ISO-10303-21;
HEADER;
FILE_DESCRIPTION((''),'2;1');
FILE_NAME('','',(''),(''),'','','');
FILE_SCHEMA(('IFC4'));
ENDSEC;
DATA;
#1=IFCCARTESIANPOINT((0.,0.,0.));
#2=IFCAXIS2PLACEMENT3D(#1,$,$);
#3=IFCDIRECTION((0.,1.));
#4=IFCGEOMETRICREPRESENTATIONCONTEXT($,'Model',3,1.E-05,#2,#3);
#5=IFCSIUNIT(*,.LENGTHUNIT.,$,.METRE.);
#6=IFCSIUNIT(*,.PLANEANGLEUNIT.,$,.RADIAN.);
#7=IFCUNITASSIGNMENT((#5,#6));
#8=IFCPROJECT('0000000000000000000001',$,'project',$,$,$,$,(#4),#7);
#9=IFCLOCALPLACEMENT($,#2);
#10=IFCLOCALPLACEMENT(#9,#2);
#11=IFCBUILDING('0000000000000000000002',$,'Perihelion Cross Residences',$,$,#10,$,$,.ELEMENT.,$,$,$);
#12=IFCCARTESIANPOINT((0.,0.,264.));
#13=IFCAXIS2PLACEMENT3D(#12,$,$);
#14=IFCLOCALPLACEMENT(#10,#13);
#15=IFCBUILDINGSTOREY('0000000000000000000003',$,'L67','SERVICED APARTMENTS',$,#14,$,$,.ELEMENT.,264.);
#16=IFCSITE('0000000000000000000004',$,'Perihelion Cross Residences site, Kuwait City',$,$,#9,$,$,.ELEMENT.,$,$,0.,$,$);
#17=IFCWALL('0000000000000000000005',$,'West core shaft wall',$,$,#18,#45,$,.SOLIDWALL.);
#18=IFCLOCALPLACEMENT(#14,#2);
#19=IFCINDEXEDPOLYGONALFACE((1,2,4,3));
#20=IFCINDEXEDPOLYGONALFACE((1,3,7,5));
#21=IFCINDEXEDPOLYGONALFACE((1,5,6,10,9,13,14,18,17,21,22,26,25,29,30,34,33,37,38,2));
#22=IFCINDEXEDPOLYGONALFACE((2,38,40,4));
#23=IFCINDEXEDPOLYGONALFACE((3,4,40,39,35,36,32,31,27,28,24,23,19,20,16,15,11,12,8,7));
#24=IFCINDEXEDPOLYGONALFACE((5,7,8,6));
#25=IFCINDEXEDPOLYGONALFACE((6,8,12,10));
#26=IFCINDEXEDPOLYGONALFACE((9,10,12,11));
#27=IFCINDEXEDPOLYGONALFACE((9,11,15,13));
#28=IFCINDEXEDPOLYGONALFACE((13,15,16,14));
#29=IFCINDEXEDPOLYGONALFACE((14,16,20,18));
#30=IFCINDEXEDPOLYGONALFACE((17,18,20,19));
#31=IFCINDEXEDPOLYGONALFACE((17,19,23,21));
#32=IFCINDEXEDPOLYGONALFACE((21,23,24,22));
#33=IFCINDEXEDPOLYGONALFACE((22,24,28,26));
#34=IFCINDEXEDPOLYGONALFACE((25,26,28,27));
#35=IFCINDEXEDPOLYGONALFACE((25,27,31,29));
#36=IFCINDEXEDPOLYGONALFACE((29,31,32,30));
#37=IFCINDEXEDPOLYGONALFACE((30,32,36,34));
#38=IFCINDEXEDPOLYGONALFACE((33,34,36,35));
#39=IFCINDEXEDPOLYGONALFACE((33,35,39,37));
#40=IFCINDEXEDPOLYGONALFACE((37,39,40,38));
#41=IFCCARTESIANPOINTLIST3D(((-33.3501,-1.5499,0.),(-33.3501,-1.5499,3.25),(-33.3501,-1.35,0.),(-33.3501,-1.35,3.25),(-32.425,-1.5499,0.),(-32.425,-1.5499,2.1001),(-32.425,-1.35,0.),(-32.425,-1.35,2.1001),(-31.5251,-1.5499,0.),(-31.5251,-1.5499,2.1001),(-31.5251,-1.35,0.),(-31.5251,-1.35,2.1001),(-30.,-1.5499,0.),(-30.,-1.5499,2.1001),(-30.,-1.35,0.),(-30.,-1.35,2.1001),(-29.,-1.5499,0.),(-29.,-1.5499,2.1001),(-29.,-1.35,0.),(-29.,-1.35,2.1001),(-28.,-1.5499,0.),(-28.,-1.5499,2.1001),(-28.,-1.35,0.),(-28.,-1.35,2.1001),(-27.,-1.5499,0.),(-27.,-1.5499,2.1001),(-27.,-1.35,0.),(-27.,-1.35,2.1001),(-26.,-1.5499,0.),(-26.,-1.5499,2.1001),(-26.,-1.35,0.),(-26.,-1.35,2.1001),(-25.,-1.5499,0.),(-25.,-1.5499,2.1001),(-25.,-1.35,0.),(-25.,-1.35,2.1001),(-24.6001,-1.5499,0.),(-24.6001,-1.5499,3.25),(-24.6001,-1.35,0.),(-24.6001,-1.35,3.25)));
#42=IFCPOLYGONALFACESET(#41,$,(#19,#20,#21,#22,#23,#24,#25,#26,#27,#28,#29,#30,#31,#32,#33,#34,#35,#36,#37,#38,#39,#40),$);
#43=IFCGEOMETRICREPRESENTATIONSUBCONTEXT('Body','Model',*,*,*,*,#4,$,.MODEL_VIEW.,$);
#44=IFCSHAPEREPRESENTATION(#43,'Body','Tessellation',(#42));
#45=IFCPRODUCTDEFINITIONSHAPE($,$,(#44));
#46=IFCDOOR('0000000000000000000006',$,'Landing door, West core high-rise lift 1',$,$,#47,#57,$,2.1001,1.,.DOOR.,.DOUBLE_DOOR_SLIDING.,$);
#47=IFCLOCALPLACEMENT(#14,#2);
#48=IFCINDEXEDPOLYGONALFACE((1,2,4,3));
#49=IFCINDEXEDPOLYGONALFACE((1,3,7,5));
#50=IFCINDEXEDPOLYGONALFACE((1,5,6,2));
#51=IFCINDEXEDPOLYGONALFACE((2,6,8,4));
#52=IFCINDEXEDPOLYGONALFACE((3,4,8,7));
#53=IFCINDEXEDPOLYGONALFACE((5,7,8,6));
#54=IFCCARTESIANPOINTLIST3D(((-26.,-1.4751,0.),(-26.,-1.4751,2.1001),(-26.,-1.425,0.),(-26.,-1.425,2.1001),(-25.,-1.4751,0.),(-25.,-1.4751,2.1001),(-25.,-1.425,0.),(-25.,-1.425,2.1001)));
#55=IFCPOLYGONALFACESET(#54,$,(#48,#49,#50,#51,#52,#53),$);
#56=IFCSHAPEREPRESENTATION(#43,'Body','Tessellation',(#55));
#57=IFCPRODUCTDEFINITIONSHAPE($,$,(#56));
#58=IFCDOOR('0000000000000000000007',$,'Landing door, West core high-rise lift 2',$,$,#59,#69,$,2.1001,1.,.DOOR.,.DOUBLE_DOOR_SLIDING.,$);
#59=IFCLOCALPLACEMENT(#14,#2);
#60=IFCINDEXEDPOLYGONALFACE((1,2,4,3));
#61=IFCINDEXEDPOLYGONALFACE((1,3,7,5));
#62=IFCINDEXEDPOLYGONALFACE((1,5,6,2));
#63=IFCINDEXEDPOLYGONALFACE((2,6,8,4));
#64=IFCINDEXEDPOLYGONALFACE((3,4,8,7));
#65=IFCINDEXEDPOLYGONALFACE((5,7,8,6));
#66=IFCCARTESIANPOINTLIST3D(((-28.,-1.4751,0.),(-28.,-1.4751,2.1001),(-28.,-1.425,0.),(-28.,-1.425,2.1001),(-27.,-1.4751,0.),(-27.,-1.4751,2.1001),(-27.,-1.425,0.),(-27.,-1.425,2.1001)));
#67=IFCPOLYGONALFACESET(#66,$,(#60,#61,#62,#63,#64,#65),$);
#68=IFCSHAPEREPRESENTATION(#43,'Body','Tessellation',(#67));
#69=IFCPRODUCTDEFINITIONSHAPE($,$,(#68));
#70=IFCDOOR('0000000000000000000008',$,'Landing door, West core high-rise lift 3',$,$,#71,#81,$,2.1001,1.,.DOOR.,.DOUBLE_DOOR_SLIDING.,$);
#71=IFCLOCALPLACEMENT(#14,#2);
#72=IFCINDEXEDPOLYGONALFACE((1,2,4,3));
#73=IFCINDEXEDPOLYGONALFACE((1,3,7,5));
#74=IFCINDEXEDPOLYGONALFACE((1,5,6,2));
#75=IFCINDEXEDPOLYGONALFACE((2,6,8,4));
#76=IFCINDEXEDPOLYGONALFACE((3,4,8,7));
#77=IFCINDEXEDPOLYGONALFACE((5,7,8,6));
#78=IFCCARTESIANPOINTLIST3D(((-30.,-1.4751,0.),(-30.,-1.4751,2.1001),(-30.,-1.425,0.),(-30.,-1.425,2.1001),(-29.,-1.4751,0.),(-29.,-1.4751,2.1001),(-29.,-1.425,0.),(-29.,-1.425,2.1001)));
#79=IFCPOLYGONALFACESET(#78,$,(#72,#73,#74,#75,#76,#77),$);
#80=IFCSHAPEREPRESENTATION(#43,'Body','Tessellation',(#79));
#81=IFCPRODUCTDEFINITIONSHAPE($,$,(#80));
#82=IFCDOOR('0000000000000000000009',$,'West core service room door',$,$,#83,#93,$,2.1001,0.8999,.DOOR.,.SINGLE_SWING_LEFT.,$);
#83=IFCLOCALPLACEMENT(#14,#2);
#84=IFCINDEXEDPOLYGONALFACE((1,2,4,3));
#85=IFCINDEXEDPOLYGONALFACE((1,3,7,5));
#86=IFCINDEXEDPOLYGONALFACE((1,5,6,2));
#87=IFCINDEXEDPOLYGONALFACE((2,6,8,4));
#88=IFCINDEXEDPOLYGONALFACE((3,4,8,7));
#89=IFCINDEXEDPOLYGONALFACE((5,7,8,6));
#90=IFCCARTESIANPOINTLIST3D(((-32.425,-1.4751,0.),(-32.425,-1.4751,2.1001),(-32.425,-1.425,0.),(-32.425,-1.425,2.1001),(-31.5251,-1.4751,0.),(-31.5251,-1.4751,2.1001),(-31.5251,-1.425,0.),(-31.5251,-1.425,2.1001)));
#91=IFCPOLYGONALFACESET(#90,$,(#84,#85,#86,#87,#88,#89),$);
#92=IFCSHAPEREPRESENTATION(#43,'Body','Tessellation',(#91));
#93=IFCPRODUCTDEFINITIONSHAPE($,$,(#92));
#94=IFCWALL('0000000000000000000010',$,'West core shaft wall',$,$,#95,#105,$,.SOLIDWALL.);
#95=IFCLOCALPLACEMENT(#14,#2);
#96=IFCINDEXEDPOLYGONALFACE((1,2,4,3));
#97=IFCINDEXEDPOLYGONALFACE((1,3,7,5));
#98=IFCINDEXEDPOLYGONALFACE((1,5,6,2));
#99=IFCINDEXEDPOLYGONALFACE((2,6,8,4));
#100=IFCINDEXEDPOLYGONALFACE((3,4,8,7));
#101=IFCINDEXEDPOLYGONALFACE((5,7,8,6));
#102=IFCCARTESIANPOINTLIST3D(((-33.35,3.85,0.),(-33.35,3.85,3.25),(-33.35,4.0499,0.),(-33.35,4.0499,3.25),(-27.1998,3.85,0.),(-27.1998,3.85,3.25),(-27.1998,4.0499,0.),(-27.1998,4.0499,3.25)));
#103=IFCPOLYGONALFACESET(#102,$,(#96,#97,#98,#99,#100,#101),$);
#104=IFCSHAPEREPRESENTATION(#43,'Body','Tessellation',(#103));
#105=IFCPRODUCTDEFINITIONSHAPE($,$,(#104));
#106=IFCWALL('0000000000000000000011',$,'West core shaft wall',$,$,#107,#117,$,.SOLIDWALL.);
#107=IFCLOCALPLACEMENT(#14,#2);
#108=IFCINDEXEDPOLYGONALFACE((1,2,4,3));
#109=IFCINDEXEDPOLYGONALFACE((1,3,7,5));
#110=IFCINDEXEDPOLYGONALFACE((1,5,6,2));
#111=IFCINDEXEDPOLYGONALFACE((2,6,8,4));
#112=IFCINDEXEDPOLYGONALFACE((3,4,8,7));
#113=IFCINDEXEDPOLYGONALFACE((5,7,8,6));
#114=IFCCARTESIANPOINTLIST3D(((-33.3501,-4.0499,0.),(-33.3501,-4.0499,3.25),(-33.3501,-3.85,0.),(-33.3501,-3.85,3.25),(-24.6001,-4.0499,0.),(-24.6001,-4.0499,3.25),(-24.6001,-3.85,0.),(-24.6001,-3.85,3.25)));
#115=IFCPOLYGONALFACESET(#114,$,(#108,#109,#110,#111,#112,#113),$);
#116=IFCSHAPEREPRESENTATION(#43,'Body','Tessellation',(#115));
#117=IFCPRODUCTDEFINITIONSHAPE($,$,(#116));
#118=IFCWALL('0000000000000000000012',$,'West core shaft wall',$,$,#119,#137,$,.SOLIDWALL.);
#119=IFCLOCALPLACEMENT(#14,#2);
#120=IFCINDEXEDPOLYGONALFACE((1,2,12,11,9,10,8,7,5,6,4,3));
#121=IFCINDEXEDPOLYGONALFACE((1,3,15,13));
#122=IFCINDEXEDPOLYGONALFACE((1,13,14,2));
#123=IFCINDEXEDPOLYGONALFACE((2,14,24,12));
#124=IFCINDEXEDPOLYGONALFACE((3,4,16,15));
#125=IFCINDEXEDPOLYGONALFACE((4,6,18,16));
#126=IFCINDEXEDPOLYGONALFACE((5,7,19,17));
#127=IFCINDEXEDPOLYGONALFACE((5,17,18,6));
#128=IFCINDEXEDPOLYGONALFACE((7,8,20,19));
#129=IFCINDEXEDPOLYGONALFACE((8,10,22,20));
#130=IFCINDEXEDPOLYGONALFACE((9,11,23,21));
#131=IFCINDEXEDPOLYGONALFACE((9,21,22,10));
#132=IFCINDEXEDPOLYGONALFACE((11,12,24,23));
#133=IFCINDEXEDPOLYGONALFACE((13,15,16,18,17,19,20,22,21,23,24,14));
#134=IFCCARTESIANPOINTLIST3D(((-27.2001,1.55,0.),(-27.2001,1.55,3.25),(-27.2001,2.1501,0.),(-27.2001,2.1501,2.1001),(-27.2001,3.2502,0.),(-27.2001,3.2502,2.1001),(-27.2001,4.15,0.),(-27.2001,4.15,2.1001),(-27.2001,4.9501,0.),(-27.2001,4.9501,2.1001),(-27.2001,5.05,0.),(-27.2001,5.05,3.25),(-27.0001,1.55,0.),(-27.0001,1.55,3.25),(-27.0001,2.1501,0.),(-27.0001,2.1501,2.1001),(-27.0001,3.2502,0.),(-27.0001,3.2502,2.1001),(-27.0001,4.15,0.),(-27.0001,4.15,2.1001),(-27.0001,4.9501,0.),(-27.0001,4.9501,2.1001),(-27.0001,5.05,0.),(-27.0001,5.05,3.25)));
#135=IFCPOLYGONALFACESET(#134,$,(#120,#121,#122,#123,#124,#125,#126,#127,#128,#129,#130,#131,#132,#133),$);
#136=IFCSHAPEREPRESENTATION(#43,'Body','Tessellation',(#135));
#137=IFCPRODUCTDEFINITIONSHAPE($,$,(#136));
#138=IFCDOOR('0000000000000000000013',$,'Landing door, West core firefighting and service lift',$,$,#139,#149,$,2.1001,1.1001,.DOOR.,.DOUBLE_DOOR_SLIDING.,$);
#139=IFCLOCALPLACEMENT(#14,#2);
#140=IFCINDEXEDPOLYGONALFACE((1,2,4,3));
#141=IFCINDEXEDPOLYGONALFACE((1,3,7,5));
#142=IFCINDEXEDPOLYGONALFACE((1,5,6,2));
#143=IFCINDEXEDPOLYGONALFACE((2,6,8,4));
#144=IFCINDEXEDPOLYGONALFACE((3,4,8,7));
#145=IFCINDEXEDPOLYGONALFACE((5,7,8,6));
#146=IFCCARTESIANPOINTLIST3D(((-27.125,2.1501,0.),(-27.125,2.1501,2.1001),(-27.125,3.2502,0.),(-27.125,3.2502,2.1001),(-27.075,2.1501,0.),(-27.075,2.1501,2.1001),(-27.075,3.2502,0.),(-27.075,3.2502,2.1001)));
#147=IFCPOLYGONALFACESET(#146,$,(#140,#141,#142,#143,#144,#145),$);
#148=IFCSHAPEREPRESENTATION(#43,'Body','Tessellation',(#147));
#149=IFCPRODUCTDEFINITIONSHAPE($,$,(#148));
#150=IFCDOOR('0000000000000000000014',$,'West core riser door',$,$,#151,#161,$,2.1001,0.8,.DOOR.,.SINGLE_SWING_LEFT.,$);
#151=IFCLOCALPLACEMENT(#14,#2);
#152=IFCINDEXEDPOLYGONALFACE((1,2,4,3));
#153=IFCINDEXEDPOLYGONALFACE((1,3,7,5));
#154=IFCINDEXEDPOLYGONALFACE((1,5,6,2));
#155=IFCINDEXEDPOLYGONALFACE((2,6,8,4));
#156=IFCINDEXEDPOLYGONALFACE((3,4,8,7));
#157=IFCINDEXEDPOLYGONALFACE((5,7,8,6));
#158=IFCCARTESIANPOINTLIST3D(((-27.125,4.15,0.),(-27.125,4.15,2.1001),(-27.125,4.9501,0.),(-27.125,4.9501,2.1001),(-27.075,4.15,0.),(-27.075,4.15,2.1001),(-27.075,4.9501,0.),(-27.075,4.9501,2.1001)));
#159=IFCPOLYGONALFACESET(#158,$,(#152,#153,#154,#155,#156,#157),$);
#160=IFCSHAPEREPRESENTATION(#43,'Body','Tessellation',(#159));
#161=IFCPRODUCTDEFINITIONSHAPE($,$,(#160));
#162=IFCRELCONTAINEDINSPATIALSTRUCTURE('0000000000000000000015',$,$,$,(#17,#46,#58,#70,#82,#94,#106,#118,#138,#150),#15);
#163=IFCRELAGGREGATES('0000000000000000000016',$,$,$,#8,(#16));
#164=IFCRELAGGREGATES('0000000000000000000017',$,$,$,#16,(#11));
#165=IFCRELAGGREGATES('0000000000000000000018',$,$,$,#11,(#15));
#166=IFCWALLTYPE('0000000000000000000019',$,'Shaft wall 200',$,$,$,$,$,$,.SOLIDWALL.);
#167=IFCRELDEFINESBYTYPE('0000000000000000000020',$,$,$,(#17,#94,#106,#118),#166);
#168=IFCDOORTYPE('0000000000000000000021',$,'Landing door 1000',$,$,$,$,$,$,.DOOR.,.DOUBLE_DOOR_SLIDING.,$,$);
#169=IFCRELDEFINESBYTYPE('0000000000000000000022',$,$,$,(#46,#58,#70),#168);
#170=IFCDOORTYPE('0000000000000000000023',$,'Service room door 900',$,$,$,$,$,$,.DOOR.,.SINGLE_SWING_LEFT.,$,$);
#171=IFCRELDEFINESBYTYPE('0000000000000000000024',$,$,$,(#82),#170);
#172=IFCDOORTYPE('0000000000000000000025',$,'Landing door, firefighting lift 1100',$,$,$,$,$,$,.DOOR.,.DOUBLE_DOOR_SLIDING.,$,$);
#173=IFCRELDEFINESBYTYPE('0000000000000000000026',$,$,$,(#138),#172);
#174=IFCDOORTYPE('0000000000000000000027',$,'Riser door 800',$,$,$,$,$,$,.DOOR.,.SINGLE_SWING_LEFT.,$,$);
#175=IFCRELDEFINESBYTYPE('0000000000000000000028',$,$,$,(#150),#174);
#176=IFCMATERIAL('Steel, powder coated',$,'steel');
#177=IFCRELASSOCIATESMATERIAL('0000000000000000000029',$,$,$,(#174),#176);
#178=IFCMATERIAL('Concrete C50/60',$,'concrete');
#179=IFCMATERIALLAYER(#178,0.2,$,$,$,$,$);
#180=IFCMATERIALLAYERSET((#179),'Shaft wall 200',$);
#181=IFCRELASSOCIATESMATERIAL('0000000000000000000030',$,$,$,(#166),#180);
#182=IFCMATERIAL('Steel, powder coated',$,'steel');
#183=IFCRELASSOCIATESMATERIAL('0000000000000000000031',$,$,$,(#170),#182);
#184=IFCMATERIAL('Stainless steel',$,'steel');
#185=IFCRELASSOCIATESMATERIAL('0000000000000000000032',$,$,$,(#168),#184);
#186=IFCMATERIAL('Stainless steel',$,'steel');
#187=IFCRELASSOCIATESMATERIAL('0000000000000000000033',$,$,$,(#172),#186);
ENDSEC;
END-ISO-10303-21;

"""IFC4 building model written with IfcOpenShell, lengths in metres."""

from ifc_helpers import new_model, si_unit, direction, frame, frame_2d, origin, place, context, subcontext, project, spatial, rectangle, extrude, material, layer, layer_set, type_object, element, fill, save


model = new_model("IFC4")

# Units and contexts
model_context = context("Model", 3, precision=1e-05, world=origin(), true_north=direction((0.0, 1.0)))
body_context = subcontext(model_context, "Body", "Model", "MODEL_VIEW")
ifc_project = project(units=[si_unit("LENGTHUNIT", "METRE"), si_unit("PLANEANGLEUNIT", "RADIAN")], contexts=[model_context])

# Site, building, storey
site_placement = place(None, origin())
site = spatial("IfcSite", under=ifc_project, at=site_placement, Name="Perihelion Cross Residences site, Kuwait City", CompositionType="ELEMENT", RefElevation=0.0)
building_placement = place(site_placement, origin())
building = spatial("IfcBuilding", under=site, at=building_placement, Name="Perihelion Cross Residences", CompositionType="ELEMENT")
storey_placement = place(building_placement, frame((0.0, 0.0, 264.0)))
storey = spatial("IfcBuildingStorey", under=building, at=storey_placement, Name="L67", Description="SERVICED APARTMENTS", CompositionType="ELEMENT", Elevation=264.0)

# Shared definitions
ifc_material_1 = material(Name="Steel, powder coated", Category="steel")
door_type_1 = type_object("IfcDoorType", Name="Riser door 800", OperationType="SINGLE_SWING_LEFT", PredefinedType="DOOR", material=ifc_material_1)

# Wall, openings, doors
ifc_material_2 = material(Name="Concrete C50/60", Category="concrete")
ifc_layer_1 = layer(ifc_material_2, 0.2)
ifc_layer_set_1 = layer_set([ifc_layer_1], Name="Shaft wall 200")
wall_type_1 = type_object("IfcWallType", Name="Shaft wall 200", PredefinedType="SOLIDWALL", material=ifc_layer_set_1)
ifc_material_3 = material(Name="Steel, powder coated", Category="steel")
door_type_2 = type_object("IfcDoorType", Name="Service room door 900", OperationType="SINGLE_SWING_LEFT", PredefinedType="DOOR", material=ifc_material_3)
wall_1_placement = place(storey_placement, frame((-33.3501, -1.45, 0.0), z_axis=(0.0, 0.0, 1.0), x_axis=(1.0, 0.0, 0.0)))
wall_1 = element("IfcWall", 1, at=wall_1_placement, inside=storey, type_object=wall_type_1, Name="West core shaft wall", PredefinedType="SOLIDWALL", context=body_context, shape_type="SweptSolid", body=[
    extrude(rectangle(XDim=8.75, YDim=0.2, at=frame_2d((4.375, 0.0))), origin(), (0.0, 0.0, 1.0), 3.25),
])
opening_1_placement = place(wall_1_placement, frame((7.3501, 0.0, 0.0)))
opening_1 = element("IfcOpeningElement", 2, at=opening_1_placement, cuts=wall_1, PredefinedType="OPENING", context=body_context, shape_type="SweptSolid", body=[
    extrude(rectangle(XDim=1.0, YDim=2.1001, at=frame_2d((0.5, 1.05))), frame((0.0, 0.1099, 0.0), z_axis=(0.0, -1.0, 0.0), x_axis=(1.0, 0.0, 0.0)), (0.0, 0.0, 1.0), 0.22),
])
opening_2_placement = place(wall_1_placement, frame((5.3501, 0.0, 0.0)))
opening_2 = element("IfcOpeningElement", 3, at=opening_2_placement, cuts=wall_1, PredefinedType="OPENING", context=body_context, shape_type="SweptSolid", body=[
    extrude(rectangle(XDim=1.0, YDim=2.1001, at=frame_2d((0.5, 1.05))), frame((0.0, 0.1099, 0.0), z_axis=(0.0, -1.0, 0.0), x_axis=(1.0, 0.0, 0.0)), (0.0, 0.0, 1.0), 0.22),
])
opening_3_placement = place(wall_1_placement, frame((3.3501, 0.0, 0.0)))
opening_3 = element("IfcOpeningElement", 4, at=opening_3_placement, cuts=wall_1, PredefinedType="OPENING", context=body_context, shape_type="SweptSolid", body=[
    extrude(rectangle(XDim=1.0, YDim=2.1001, at=frame_2d((0.5, 1.05))), frame((0.0, 0.1099, 0.0), z_axis=(0.0, -1.0, 0.0), x_axis=(1.0, 0.0, 0.0)), (0.0, 0.0, 1.0), 0.22),
])
opening_4_placement = place(wall_1_placement, frame((0.925, 0.0, 0.0)))
opening_4 = element("IfcOpeningElement", 5, at=opening_4_placement, cuts=wall_1, PredefinedType="OPENING", context=body_context, shape_type="SweptSolid", body=[
    extrude(rectangle(XDim=0.8999, YDim=2.1001, at=frame_2d((0.45, 1.05))), frame((0.0, 0.1099, 0.0), z_axis=(0.0, -1.0, 0.0), x_axis=(1.0, 0.0, 0.0)), (0.0, 0.0, 1.0), 0.22),
])
ifc_material_4 = material(Name="Stainless steel", Category="steel")
door_type_3 = type_object("IfcDoorType", Name="Landing door 1000", OperationType="DOUBLE_DOOR_SLIDING", PredefinedType="DOOR", material=ifc_material_4)
door_1_placement = place(opening_1_placement, origin())
door_1 = element("IfcDoor", 6, at=door_1_placement, inside=storey, type_object=door_type_3, Name="Landing door, West core high-rise lift 1", OperationType="DOUBLE_DOOR_SLIDING", OverallHeight=2.1001, OverallWidth=1.0, PredefinedType="DOOR", context=body_context, shape_type="SweptSolid", body=[
    extrude(rectangle(XDim=1.0, YDim=2.1001, at=frame_2d((0.5, 1.05))), frame((0.0, 0.0249, 0.0), z_axis=(0.0, -1.0, 0.0), x_axis=(1.0, 0.0, 0.0)), (0.0, 0.0, 1.0), 0.05),
])
fill(opening_1, door_1)
door_2_placement = place(opening_2_placement, origin())
door_2 = element("IfcDoor", 7, at=door_2_placement, inside=storey, type_object=door_type_3, Name="Landing door, West core high-rise lift 2", OperationType="DOUBLE_DOOR_SLIDING", OverallHeight=2.1001, OverallWidth=1.0, PredefinedType="DOOR", context=body_context, shape_type="SweptSolid", body=[
    extrude(rectangle(XDim=1.0, YDim=2.1001, at=frame_2d((0.5, 1.05))), frame((0.0, 0.0249, 0.0), z_axis=(0.0, -1.0, 0.0), x_axis=(1.0, 0.0, 0.0)), (0.0, 0.0, 1.0), 0.05),
])
fill(opening_2, door_2)
door_3_placement = place(opening_3_placement, origin())
door_3 = element("IfcDoor", 8, at=door_3_placement, inside=storey, type_object=door_type_3, Name="Landing door, West core high-rise lift 3", OperationType="DOUBLE_DOOR_SLIDING", OverallHeight=2.1001, OverallWidth=1.0, PredefinedType="DOOR", context=body_context, shape_type="SweptSolid", body=[
    extrude(rectangle(XDim=1.0, YDim=2.1001, at=frame_2d((0.5, 1.05))), frame((0.0, 0.0249, 0.0), z_axis=(0.0, -1.0, 0.0), x_axis=(1.0, 0.0, 0.0)), (0.0, 0.0, 1.0), 0.05),
])
fill(opening_3, door_3)
door_4_placement = place(opening_4_placement, origin())
door_4 = element("IfcDoor", 9, at=door_4_placement, inside=storey, type_object=door_type_2, Name="West core service room door", OperationType="SINGLE_SWING_LEFT", OverallHeight=2.1001, OverallWidth=0.8999, PredefinedType="DOOR", context=body_context, shape_type="SweptSolid", body=[
    extrude(rectangle(XDim=0.8999, YDim=2.1001, at=frame_2d((0.45, 1.05))), frame((0.0, 0.0249, 0.0), z_axis=(0.0, -1.0, 0.0), x_axis=(1.0, 0.0, 0.0)), (0.0, 0.0, 1.0), 0.05),
])
fill(opening_4, door_4)

# Walls
wall_2_placement = place(storey_placement, frame((-33.3501, 3.95, 0.0), z_axis=(0.0, 0.0, 1.0), x_axis=(1.0, 0.0, 0.0)))
element("IfcWall", 10, at=wall_2_placement, inside=storey, type_object=wall_type_1, Name="West core shaft wall", PredefinedType="SOLIDWALL", context=body_context, shape_type="SweptSolid", body=[
    extrude(rectangle(XDim=6.1501, YDim=0.2, at=frame_2d((3.0752, 0.0))), origin(), (0.0, 0.0, 1.0), 3.25),
])
wall_3_placement = place(storey_placement, frame((-33.3501, -3.95, 0.0), z_axis=(0.0, 0.0, 1.0), x_axis=(1.0, 0.0, 0.0)))
element("IfcWall", 11, at=wall_3_placement, inside=storey, type_object=wall_type_1, Name="West core shaft wall", PredefinedType="SOLIDWALL", context=body_context, shape_type="SweptSolid", body=[
    extrude(rectangle(XDim=8.75, YDim=0.2, at=frame_2d((4.375, 0.0))), origin(), (0.0, 0.0, 1.0), 3.25),
])

# Wall, openings, doors
wall_4_placement = place(storey_placement, frame((-27.1001, 1.55, 0.0), z_axis=(0.0, 0.0, 1.0), x_axis=(0.0, 1.0, 0.0)))
wall_4 = element("IfcWall", 12, at=wall_4_placement, inside=storey, type_object=wall_type_1, Name="West core shaft wall", PredefinedType="SOLIDWALL", context=body_context, shape_type="SweptSolid", body=[
    extrude(rectangle(XDim=3.5, YDim=0.2, at=frame_2d((1.75, 0.0))), origin(), (0.0, 0.0, 1.0), 3.25),
])
opening_5_placement = place(wall_4_placement, frame((0.6001, 0.0, 0.0)))
opening_5 = element("IfcOpeningElement", 13, at=opening_5_placement, cuts=wall_4, PredefinedType="OPENING", context=body_context, shape_type="SweptSolid", body=[
    extrude(rectangle(XDim=1.1001, YDim=2.1001, at=frame_2d((0.55, 1.05))), frame((0.0, 0.1099, 0.0), z_axis=(0.0, -1.0, 0.0), x_axis=(1.0, 0.0, 0.0)), (0.0, 0.0, 1.0), 0.22),
])
opening_6_placement = place(wall_4_placement, frame((2.6001, 0.0, 0.0)))
opening_6 = element("IfcOpeningElement", 14, at=opening_6_placement, cuts=wall_4, PredefinedType="OPENING", context=body_context, shape_type="SweptSolid", body=[
    extrude(rectangle(XDim=0.8, YDim=2.1001, at=frame_2d((0.3999, 1.05))), frame((0.0, 0.1099, 0.0), z_axis=(0.0, -1.0, 0.0), x_axis=(1.0, 0.0, 0.0)), (0.0, 0.0, 1.0), 0.22),
])
ifc_material_5 = material(Name="Stainless steel", Category="steel")
door_type_4 = type_object("IfcDoorType", Name="Landing door, firefighting lift 1100", OperationType="DOUBLE_DOOR_SLIDING", PredefinedType="DOOR", material=ifc_material_5)
door_5_placement = place(opening_5_placement, origin())
door_5 = element("IfcDoor", 15, at=door_5_placement, inside=storey, type_object=door_type_4, Name="Landing door, West core firefighting and service lift", OperationType="DOUBLE_DOOR_SLIDING", OverallHeight=2.1001, OverallWidth=1.1001, PredefinedType="DOOR", context=body_context, shape_type="SweptSolid", body=[
    extrude(rectangle(XDim=1.1001, YDim=2.1001, at=frame_2d((0.55, 1.05))), frame((0.0, 0.0249, 0.0), z_axis=(0.0, -1.0, 0.0), x_axis=(1.0, 0.0, 0.0)), (0.0, 0.0, 1.0), 0.05),
])
fill(opening_5, door_5)
door_6_placement = place(opening_6_placement, origin())
door_6 = element("IfcDoor", 16, at=door_6_placement, inside=storey, type_object=door_type_1, Name="West core riser door", OperationType="SINGLE_SWING_LEFT", OverallHeight=2.1001, OverallWidth=0.8, PredefinedType="DOOR", context=body_context, shape_type="SweptSolid", body=[
    extrude(rectangle(XDim=0.8, YDim=2.1001, at=frame_2d((0.3999, 1.05))), frame((0.0, 0.0249, 0.0), z_axis=(0.0, -1.0, 0.0), x_axis=(1.0, 0.0, 0.0)), (0.0, 0.0, 1.0), 0.05),
])
fill(opening_6, door_6)

save(model, "model.ifc")
